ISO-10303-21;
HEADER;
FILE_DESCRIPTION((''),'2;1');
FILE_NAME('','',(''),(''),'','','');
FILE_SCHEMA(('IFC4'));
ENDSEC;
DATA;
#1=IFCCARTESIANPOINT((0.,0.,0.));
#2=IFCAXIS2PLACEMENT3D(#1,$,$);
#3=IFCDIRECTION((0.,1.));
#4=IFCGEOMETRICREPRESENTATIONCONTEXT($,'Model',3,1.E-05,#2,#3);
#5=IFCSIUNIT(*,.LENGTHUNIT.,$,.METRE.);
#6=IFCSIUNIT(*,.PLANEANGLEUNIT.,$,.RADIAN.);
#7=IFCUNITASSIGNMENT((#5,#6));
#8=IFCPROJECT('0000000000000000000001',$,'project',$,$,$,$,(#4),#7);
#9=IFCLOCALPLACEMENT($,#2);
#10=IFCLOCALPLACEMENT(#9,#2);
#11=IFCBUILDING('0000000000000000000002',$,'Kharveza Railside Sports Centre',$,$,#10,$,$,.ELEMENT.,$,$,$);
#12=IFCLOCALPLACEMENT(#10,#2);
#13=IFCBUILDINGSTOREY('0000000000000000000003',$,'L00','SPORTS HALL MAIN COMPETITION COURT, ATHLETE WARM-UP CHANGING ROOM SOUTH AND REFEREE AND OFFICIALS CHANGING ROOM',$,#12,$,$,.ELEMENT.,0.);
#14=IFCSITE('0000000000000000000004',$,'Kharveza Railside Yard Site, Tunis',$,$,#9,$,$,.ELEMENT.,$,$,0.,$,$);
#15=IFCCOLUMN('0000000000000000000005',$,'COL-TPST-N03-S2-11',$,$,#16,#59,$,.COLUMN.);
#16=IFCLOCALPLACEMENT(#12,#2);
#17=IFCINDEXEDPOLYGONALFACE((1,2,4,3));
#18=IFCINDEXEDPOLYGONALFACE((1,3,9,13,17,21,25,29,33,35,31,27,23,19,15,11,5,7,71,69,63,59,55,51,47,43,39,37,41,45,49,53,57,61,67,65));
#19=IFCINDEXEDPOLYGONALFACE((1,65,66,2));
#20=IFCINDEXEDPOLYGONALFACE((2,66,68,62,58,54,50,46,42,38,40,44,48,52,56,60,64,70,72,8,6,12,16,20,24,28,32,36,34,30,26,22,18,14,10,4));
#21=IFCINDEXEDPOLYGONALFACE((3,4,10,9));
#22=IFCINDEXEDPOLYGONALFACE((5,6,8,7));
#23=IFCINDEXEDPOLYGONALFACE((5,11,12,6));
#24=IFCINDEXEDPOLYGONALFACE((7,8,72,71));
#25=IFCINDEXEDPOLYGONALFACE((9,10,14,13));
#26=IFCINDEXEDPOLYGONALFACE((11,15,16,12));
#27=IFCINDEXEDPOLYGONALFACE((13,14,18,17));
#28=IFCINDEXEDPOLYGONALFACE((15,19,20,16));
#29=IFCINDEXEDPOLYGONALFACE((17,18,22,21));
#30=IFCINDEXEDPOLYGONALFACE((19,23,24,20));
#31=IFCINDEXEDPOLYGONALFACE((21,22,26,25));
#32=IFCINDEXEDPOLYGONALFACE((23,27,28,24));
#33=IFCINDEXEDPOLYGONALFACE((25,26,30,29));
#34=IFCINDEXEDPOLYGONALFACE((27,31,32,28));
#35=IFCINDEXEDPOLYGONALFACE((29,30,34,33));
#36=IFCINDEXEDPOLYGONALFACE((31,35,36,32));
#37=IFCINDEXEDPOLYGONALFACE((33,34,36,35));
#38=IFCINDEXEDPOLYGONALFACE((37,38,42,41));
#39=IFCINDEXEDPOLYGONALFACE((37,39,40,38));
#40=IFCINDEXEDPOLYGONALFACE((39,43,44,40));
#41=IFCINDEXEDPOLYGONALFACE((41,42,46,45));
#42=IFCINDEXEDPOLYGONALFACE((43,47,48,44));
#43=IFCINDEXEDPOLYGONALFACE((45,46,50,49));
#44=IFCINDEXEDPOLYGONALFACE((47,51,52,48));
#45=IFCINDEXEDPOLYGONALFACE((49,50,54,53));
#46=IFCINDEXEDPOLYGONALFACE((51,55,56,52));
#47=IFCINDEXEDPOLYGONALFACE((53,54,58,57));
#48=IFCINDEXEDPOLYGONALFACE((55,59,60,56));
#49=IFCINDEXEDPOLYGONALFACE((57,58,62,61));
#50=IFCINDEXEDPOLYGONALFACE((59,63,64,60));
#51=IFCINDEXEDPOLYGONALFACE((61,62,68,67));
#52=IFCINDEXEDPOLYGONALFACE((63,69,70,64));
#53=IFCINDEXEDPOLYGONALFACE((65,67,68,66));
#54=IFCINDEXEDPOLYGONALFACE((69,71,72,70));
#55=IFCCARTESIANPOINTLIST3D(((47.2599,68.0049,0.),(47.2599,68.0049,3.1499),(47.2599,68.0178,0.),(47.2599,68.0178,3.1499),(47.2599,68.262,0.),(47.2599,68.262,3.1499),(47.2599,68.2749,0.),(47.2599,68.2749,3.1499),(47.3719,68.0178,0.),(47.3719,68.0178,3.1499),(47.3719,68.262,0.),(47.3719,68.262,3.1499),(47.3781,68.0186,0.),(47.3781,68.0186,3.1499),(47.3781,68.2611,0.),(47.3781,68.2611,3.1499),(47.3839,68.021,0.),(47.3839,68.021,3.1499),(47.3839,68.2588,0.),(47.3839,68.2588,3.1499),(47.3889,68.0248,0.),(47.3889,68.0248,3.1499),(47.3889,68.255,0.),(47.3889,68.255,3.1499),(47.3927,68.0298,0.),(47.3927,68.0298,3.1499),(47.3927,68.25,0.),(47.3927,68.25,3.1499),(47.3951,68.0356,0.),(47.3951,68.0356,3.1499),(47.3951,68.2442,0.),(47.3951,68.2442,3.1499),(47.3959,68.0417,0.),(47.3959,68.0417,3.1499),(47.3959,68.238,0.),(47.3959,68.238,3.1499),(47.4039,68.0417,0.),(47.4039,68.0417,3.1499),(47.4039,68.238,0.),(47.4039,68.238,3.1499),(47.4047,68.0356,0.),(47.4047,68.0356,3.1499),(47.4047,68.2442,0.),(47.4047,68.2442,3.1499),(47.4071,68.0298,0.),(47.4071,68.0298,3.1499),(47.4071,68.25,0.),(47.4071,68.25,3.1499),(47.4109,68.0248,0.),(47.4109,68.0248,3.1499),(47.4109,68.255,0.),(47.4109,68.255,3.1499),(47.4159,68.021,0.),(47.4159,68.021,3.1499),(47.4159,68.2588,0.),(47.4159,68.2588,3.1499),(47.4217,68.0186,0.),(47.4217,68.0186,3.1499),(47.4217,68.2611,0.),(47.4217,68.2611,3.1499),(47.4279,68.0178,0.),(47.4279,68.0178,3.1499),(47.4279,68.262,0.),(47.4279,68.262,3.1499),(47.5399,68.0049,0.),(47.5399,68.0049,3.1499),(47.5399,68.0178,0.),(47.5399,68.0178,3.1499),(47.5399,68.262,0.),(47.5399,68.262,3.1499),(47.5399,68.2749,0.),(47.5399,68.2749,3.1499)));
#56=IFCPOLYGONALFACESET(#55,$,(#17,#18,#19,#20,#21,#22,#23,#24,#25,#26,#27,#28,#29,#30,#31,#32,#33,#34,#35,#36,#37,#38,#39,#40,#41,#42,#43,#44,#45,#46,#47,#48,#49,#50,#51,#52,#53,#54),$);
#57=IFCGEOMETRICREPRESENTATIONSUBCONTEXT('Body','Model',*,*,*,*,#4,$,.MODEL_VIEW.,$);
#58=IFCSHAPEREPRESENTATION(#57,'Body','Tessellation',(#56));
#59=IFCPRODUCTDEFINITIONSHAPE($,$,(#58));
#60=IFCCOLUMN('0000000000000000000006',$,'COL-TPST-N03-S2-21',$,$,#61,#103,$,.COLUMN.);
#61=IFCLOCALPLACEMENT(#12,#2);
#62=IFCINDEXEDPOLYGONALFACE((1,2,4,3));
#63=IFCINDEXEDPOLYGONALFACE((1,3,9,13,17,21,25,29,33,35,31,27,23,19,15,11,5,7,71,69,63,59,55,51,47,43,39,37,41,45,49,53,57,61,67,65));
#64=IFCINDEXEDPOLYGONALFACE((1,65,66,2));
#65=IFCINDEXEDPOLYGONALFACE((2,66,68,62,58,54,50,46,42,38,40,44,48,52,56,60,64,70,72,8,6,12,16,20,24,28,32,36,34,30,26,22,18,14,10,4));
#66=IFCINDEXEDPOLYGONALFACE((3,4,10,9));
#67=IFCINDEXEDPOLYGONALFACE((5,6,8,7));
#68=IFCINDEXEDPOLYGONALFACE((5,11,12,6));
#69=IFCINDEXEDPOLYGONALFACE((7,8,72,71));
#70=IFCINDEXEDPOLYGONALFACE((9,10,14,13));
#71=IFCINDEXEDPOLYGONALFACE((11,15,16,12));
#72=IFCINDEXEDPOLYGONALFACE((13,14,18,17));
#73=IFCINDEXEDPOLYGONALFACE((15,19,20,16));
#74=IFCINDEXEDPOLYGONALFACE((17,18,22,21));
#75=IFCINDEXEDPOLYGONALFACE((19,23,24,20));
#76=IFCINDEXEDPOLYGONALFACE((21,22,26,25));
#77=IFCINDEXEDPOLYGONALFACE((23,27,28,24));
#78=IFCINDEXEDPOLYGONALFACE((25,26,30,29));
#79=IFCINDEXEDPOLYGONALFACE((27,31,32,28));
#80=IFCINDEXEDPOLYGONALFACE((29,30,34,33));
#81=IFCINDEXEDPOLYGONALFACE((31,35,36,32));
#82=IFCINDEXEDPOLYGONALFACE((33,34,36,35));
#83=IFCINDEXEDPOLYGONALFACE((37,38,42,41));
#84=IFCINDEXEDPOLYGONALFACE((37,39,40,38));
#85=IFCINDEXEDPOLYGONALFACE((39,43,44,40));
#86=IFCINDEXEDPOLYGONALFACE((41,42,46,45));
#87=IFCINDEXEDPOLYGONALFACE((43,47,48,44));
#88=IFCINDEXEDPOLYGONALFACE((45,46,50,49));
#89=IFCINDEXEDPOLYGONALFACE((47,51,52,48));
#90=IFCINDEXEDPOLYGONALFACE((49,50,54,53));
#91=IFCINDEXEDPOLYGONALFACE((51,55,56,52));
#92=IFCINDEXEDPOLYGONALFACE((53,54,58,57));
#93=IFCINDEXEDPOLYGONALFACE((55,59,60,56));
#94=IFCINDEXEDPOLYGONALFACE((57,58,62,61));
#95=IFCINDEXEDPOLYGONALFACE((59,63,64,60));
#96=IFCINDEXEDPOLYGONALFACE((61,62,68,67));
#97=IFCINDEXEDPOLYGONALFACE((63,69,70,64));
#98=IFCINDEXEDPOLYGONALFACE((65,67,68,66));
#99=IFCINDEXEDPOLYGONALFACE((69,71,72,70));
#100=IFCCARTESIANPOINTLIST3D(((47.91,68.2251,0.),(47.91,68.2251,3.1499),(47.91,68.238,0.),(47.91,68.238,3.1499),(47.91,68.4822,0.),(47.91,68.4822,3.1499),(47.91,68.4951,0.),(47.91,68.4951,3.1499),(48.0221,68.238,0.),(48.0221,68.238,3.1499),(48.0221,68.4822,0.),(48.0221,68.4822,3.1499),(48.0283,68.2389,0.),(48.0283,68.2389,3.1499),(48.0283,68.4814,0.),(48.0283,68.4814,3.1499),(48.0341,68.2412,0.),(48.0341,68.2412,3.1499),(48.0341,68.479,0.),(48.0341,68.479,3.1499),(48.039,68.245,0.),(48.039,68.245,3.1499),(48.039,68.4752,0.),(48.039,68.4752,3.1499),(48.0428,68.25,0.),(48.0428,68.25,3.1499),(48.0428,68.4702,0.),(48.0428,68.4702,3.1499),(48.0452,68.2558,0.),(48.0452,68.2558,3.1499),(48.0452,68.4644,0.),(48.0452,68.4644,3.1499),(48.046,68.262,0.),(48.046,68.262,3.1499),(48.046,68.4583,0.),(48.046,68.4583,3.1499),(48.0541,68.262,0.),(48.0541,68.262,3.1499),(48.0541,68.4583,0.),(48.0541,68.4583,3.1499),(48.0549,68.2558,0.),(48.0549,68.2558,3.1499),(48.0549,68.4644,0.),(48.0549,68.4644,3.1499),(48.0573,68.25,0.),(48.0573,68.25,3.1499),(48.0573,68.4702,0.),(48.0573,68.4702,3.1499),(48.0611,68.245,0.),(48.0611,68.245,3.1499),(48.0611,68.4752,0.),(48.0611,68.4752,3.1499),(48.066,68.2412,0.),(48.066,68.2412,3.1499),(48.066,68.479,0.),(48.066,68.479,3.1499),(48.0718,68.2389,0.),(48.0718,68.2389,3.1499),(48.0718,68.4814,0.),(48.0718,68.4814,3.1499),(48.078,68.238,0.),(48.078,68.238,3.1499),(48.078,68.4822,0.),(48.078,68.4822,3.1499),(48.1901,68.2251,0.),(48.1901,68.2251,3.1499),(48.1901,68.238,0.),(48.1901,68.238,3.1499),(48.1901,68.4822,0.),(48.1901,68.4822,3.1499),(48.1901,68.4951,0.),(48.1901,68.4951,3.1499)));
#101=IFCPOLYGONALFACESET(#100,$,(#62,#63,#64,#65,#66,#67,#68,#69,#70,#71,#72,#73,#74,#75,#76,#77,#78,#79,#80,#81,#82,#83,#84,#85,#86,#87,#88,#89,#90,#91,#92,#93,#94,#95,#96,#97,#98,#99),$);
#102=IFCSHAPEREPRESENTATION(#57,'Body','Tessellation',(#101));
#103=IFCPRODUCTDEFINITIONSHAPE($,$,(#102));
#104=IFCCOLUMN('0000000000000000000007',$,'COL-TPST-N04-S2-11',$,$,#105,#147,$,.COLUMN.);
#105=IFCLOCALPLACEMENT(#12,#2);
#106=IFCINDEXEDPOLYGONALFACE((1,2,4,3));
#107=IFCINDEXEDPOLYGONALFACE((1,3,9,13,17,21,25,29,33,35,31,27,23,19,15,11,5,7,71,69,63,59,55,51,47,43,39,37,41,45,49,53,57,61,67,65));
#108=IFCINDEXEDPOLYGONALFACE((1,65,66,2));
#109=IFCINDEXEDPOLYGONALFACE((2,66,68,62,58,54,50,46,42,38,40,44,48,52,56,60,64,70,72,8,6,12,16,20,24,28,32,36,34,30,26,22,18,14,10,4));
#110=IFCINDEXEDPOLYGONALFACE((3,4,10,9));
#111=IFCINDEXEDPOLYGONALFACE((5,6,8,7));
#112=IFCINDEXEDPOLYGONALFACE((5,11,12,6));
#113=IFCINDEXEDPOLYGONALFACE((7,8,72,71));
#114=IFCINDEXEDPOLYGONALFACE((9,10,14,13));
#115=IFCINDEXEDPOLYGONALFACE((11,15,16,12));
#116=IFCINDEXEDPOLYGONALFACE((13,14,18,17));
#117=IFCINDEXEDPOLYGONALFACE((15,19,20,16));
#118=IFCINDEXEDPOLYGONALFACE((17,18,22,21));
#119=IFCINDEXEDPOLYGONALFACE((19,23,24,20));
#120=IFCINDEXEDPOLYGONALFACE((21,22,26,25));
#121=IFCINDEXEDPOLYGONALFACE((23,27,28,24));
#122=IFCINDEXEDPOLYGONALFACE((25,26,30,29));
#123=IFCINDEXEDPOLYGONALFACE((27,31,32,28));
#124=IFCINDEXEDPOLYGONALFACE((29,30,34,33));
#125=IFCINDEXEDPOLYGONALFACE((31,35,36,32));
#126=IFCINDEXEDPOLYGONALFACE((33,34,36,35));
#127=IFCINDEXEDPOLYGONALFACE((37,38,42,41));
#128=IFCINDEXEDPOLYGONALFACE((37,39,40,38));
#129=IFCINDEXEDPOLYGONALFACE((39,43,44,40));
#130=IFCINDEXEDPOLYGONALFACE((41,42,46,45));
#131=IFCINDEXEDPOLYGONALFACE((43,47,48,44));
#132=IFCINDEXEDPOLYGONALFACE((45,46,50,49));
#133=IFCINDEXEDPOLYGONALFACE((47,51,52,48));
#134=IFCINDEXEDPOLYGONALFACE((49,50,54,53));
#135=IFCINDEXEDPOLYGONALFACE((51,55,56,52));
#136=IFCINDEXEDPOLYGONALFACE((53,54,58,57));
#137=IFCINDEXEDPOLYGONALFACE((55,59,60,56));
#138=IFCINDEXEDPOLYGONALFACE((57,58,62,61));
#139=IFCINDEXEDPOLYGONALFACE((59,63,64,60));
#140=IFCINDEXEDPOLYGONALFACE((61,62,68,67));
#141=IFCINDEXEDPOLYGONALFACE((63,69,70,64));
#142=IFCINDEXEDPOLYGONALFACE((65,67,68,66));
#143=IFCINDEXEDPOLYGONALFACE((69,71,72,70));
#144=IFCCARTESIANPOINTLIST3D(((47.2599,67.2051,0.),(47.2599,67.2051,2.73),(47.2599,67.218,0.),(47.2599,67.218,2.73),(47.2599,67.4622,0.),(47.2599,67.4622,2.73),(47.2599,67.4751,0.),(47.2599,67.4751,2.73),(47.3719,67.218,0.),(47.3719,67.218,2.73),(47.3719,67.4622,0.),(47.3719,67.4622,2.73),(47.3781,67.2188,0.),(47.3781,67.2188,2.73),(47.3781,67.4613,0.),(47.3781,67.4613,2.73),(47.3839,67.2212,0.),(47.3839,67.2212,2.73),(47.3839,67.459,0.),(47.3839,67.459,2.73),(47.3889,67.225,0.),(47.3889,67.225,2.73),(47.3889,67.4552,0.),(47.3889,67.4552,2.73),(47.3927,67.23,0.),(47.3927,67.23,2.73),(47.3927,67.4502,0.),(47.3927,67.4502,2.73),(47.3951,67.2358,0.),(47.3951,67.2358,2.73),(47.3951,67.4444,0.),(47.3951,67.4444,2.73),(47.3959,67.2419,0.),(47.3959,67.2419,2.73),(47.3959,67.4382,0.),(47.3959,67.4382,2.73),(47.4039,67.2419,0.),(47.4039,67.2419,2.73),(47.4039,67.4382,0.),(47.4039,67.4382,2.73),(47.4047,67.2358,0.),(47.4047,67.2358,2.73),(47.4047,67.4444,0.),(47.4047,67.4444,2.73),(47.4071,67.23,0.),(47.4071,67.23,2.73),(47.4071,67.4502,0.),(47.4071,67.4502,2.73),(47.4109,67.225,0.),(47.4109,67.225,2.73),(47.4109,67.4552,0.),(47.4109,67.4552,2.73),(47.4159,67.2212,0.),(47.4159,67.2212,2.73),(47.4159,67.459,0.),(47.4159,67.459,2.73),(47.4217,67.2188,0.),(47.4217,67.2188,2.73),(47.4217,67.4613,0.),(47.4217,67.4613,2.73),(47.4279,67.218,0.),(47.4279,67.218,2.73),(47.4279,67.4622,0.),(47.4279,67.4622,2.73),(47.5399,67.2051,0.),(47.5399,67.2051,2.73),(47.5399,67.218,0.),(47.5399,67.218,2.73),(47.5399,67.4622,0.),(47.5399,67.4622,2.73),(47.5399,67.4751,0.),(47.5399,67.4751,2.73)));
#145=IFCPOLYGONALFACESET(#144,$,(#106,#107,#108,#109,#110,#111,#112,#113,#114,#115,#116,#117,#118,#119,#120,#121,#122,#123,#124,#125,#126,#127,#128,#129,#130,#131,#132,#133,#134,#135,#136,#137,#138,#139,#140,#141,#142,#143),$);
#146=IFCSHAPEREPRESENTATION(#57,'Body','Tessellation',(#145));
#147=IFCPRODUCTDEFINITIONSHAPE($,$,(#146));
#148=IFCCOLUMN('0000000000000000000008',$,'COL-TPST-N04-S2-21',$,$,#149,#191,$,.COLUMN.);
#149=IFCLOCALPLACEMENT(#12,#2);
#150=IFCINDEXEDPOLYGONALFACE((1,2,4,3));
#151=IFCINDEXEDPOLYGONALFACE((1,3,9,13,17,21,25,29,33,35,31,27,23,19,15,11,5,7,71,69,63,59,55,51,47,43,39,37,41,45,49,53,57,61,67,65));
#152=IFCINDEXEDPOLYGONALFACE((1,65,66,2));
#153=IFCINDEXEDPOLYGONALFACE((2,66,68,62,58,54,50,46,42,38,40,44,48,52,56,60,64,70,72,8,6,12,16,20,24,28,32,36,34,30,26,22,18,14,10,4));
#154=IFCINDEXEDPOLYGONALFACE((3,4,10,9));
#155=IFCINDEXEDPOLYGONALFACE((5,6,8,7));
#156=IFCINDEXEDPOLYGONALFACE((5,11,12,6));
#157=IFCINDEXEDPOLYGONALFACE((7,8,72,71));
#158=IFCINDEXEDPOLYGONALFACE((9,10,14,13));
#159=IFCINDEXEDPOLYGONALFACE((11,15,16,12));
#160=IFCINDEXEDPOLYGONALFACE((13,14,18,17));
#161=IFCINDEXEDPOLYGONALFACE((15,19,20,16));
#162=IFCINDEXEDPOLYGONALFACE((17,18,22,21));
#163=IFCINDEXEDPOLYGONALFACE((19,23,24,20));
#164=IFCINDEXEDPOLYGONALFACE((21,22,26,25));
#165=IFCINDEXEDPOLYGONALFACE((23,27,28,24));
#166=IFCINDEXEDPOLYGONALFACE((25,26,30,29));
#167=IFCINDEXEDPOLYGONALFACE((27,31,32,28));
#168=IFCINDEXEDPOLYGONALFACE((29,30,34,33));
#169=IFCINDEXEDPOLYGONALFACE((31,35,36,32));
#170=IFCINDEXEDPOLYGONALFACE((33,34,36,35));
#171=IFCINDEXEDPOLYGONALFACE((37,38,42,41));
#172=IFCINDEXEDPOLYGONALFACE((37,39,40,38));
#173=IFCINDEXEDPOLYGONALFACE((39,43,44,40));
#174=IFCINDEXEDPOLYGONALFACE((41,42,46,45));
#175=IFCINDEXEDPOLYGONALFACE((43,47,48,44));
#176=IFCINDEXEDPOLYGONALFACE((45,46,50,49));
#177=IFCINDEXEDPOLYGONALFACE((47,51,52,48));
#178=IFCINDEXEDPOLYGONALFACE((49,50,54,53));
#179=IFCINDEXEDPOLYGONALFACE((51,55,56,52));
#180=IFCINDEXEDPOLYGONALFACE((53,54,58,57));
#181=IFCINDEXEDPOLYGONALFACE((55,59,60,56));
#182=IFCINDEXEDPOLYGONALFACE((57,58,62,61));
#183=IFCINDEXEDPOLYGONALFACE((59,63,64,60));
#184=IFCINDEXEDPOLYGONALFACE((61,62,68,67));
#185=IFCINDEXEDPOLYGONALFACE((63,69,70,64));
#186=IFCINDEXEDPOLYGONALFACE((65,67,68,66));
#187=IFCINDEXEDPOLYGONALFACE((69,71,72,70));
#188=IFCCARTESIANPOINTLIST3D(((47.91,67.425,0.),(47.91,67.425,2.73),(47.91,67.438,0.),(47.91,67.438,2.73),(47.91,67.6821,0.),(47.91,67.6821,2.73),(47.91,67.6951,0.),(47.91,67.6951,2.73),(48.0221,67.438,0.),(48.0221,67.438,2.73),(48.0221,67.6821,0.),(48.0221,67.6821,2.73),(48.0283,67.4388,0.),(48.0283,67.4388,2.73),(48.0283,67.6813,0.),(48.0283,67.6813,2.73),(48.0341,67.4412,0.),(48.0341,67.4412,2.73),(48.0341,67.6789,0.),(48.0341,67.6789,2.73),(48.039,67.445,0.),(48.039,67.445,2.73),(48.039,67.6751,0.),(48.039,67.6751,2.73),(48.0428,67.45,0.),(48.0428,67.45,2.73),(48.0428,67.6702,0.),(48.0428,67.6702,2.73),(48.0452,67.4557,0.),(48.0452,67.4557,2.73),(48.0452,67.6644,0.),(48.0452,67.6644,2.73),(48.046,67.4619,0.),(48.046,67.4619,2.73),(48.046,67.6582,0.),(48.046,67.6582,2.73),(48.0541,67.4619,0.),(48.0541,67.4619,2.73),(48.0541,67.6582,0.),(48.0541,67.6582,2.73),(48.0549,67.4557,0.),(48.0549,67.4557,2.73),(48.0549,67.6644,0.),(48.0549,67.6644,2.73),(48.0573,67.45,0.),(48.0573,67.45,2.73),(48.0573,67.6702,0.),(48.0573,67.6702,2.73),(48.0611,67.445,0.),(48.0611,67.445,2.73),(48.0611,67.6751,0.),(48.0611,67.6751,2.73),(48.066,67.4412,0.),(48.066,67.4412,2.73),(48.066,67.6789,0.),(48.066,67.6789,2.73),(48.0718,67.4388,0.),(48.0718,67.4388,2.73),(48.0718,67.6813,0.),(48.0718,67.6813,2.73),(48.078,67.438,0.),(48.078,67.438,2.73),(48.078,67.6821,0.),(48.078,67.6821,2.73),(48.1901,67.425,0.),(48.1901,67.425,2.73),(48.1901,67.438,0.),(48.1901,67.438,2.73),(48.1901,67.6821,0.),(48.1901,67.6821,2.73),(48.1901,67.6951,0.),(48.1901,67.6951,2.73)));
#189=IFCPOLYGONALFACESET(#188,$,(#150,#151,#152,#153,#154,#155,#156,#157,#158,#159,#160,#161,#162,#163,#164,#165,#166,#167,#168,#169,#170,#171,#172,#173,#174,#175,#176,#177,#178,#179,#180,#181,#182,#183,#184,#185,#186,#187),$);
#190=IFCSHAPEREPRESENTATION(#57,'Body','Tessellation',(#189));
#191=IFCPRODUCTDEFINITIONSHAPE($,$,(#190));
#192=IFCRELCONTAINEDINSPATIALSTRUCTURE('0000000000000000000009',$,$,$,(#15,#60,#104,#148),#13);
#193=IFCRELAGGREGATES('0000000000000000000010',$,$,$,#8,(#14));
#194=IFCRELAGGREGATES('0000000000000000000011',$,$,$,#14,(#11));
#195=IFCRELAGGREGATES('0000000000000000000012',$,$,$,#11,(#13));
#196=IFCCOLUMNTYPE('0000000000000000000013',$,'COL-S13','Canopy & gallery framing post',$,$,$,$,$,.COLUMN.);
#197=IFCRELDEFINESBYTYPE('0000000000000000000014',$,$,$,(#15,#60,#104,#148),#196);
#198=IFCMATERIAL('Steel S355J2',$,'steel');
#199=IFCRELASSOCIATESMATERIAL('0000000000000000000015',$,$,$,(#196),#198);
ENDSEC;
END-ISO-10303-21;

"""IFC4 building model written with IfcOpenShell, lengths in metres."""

from ifc_helpers import new_model, si_unit, direction, frame, origin, origin_2d, place, context, subcontext, project, spatial, i_section, extrude, material, material_profile, profile_set, type_object, element, save


model = new_model("IFC4")

# Units and contexts
model_context = context("Model", 3, precision=1e-05, world=origin(), true_north=direction((0.0, 1.0)))
body_context = subcontext(model_context, "Body", "Model", "MODEL_VIEW")
ifc_project = project(units=[si_unit("LENGTHUNIT", "METRE"), si_unit("PLANEANGLEUNIT", "RADIAN")], contexts=[model_context])

# Site, building, storey
site_placement = place(None, origin())
site = spatial("IfcSite", under=ifc_project, at=site_placement, Name="Kharveza Railside Yard Site, Tunis", CompositionType="ELEMENT", RefElevation=0.0)
building_placement = place(site_placement, origin())
building = spatial("IfcBuilding", under=site, at=building_placement, Name="Kharveza Railside Sports Centre", CompositionType="ELEMENT")
storey_placement = place(building_placement, origin())
storey = spatial("IfcBuildingStorey", under=building, at=storey_placement, Name="L00", Description="SPORTS HALL MAIN COMPETITION COURT, ATHLETE WARM-UP CHANGING ROOM SOUTH AND REFEREE AND OFFICIALS CHANGING ROOM", CompositionType="ELEMENT", Elevation=0.0)

# Columns
ifc_material_1 = material(Name="Steel S355J2", Category="steel")
ifc_material_profile_1 = material_profile(ifc_material_1, i_section(OverallWidth=0.28, OverallDepth=0.27, WebThickness=0.0081, FlangeThickness=0.0129, FilletRadius=0.0239, at=origin_2d()), Name="HEA 280")
ifc_profile_set_1 = profile_set([ifc_material_profile_1], Name="Steel S355J2")
column_type_1 = type_object("IfcColumnType", Name="COL-S13", Description="Canopy & gallery framing post", PredefinedType="COLUMN", material=ifc_profile_set_1)
for number, where, z_axis, x_axis, name in (
    (1, (47.3999, 68.1399, 0.0), (0.0, 0.0, 1.0), (1.0, 0.0, 0.0), "COL-TPST-N03-S2-11"),
    (2, (48.05, 68.3601, 0.0), (0.0, 0.0, 1.0), (1.0, 0.0, 0.0), "COL-TPST-N03-S2-21"),
):
    element("IfcColumn", number, at=place(storey_placement, frame(where, z_axis=z_axis, x_axis=x_axis)), inside=storey, type_object=column_type_1, Name=name, PredefinedType="COLUMN", context=body_context, shape_type="SweptSolid", body=[
        extrude(i_section(OverallWidth=0.28, OverallDepth=0.27, WebThickness=0.0081, FlangeThickness=0.0129, FilletRadius=0.0239, at=origin_2d()), origin(), (0.0, 0.0, 1.0), 3.1499),
    ])
for number, where, z_axis, x_axis, name in (
    (3, (47.3999, 67.3401, 0.0), (0.0, 0.0, 1.0), (1.0, 0.0, 0.0), "COL-TPST-N04-S2-11"),
    (4, (48.05, 67.5601, 0.0), (0.0, 0.0, 1.0), (1.0, 0.0, 0.0), "COL-TPST-N04-S2-21"),
):
    element("IfcColumn", number, at=place(storey_placement, frame(where, z_axis=z_axis, x_axis=x_axis)), inside=storey, type_object=column_type_1, Name=name, PredefinedType="COLUMN", context=body_context, shape_type="SweptSolid", body=[
        extrude(i_section(OverallWidth=0.28, OverallDepth=0.27, WebThickness=0.0081, FlangeThickness=0.0129, FilletRadius=0.0239, at=origin_2d()), origin(), (0.0, 0.0, 1.0), 2.73),
    ])

save(model, "model.ifc")
